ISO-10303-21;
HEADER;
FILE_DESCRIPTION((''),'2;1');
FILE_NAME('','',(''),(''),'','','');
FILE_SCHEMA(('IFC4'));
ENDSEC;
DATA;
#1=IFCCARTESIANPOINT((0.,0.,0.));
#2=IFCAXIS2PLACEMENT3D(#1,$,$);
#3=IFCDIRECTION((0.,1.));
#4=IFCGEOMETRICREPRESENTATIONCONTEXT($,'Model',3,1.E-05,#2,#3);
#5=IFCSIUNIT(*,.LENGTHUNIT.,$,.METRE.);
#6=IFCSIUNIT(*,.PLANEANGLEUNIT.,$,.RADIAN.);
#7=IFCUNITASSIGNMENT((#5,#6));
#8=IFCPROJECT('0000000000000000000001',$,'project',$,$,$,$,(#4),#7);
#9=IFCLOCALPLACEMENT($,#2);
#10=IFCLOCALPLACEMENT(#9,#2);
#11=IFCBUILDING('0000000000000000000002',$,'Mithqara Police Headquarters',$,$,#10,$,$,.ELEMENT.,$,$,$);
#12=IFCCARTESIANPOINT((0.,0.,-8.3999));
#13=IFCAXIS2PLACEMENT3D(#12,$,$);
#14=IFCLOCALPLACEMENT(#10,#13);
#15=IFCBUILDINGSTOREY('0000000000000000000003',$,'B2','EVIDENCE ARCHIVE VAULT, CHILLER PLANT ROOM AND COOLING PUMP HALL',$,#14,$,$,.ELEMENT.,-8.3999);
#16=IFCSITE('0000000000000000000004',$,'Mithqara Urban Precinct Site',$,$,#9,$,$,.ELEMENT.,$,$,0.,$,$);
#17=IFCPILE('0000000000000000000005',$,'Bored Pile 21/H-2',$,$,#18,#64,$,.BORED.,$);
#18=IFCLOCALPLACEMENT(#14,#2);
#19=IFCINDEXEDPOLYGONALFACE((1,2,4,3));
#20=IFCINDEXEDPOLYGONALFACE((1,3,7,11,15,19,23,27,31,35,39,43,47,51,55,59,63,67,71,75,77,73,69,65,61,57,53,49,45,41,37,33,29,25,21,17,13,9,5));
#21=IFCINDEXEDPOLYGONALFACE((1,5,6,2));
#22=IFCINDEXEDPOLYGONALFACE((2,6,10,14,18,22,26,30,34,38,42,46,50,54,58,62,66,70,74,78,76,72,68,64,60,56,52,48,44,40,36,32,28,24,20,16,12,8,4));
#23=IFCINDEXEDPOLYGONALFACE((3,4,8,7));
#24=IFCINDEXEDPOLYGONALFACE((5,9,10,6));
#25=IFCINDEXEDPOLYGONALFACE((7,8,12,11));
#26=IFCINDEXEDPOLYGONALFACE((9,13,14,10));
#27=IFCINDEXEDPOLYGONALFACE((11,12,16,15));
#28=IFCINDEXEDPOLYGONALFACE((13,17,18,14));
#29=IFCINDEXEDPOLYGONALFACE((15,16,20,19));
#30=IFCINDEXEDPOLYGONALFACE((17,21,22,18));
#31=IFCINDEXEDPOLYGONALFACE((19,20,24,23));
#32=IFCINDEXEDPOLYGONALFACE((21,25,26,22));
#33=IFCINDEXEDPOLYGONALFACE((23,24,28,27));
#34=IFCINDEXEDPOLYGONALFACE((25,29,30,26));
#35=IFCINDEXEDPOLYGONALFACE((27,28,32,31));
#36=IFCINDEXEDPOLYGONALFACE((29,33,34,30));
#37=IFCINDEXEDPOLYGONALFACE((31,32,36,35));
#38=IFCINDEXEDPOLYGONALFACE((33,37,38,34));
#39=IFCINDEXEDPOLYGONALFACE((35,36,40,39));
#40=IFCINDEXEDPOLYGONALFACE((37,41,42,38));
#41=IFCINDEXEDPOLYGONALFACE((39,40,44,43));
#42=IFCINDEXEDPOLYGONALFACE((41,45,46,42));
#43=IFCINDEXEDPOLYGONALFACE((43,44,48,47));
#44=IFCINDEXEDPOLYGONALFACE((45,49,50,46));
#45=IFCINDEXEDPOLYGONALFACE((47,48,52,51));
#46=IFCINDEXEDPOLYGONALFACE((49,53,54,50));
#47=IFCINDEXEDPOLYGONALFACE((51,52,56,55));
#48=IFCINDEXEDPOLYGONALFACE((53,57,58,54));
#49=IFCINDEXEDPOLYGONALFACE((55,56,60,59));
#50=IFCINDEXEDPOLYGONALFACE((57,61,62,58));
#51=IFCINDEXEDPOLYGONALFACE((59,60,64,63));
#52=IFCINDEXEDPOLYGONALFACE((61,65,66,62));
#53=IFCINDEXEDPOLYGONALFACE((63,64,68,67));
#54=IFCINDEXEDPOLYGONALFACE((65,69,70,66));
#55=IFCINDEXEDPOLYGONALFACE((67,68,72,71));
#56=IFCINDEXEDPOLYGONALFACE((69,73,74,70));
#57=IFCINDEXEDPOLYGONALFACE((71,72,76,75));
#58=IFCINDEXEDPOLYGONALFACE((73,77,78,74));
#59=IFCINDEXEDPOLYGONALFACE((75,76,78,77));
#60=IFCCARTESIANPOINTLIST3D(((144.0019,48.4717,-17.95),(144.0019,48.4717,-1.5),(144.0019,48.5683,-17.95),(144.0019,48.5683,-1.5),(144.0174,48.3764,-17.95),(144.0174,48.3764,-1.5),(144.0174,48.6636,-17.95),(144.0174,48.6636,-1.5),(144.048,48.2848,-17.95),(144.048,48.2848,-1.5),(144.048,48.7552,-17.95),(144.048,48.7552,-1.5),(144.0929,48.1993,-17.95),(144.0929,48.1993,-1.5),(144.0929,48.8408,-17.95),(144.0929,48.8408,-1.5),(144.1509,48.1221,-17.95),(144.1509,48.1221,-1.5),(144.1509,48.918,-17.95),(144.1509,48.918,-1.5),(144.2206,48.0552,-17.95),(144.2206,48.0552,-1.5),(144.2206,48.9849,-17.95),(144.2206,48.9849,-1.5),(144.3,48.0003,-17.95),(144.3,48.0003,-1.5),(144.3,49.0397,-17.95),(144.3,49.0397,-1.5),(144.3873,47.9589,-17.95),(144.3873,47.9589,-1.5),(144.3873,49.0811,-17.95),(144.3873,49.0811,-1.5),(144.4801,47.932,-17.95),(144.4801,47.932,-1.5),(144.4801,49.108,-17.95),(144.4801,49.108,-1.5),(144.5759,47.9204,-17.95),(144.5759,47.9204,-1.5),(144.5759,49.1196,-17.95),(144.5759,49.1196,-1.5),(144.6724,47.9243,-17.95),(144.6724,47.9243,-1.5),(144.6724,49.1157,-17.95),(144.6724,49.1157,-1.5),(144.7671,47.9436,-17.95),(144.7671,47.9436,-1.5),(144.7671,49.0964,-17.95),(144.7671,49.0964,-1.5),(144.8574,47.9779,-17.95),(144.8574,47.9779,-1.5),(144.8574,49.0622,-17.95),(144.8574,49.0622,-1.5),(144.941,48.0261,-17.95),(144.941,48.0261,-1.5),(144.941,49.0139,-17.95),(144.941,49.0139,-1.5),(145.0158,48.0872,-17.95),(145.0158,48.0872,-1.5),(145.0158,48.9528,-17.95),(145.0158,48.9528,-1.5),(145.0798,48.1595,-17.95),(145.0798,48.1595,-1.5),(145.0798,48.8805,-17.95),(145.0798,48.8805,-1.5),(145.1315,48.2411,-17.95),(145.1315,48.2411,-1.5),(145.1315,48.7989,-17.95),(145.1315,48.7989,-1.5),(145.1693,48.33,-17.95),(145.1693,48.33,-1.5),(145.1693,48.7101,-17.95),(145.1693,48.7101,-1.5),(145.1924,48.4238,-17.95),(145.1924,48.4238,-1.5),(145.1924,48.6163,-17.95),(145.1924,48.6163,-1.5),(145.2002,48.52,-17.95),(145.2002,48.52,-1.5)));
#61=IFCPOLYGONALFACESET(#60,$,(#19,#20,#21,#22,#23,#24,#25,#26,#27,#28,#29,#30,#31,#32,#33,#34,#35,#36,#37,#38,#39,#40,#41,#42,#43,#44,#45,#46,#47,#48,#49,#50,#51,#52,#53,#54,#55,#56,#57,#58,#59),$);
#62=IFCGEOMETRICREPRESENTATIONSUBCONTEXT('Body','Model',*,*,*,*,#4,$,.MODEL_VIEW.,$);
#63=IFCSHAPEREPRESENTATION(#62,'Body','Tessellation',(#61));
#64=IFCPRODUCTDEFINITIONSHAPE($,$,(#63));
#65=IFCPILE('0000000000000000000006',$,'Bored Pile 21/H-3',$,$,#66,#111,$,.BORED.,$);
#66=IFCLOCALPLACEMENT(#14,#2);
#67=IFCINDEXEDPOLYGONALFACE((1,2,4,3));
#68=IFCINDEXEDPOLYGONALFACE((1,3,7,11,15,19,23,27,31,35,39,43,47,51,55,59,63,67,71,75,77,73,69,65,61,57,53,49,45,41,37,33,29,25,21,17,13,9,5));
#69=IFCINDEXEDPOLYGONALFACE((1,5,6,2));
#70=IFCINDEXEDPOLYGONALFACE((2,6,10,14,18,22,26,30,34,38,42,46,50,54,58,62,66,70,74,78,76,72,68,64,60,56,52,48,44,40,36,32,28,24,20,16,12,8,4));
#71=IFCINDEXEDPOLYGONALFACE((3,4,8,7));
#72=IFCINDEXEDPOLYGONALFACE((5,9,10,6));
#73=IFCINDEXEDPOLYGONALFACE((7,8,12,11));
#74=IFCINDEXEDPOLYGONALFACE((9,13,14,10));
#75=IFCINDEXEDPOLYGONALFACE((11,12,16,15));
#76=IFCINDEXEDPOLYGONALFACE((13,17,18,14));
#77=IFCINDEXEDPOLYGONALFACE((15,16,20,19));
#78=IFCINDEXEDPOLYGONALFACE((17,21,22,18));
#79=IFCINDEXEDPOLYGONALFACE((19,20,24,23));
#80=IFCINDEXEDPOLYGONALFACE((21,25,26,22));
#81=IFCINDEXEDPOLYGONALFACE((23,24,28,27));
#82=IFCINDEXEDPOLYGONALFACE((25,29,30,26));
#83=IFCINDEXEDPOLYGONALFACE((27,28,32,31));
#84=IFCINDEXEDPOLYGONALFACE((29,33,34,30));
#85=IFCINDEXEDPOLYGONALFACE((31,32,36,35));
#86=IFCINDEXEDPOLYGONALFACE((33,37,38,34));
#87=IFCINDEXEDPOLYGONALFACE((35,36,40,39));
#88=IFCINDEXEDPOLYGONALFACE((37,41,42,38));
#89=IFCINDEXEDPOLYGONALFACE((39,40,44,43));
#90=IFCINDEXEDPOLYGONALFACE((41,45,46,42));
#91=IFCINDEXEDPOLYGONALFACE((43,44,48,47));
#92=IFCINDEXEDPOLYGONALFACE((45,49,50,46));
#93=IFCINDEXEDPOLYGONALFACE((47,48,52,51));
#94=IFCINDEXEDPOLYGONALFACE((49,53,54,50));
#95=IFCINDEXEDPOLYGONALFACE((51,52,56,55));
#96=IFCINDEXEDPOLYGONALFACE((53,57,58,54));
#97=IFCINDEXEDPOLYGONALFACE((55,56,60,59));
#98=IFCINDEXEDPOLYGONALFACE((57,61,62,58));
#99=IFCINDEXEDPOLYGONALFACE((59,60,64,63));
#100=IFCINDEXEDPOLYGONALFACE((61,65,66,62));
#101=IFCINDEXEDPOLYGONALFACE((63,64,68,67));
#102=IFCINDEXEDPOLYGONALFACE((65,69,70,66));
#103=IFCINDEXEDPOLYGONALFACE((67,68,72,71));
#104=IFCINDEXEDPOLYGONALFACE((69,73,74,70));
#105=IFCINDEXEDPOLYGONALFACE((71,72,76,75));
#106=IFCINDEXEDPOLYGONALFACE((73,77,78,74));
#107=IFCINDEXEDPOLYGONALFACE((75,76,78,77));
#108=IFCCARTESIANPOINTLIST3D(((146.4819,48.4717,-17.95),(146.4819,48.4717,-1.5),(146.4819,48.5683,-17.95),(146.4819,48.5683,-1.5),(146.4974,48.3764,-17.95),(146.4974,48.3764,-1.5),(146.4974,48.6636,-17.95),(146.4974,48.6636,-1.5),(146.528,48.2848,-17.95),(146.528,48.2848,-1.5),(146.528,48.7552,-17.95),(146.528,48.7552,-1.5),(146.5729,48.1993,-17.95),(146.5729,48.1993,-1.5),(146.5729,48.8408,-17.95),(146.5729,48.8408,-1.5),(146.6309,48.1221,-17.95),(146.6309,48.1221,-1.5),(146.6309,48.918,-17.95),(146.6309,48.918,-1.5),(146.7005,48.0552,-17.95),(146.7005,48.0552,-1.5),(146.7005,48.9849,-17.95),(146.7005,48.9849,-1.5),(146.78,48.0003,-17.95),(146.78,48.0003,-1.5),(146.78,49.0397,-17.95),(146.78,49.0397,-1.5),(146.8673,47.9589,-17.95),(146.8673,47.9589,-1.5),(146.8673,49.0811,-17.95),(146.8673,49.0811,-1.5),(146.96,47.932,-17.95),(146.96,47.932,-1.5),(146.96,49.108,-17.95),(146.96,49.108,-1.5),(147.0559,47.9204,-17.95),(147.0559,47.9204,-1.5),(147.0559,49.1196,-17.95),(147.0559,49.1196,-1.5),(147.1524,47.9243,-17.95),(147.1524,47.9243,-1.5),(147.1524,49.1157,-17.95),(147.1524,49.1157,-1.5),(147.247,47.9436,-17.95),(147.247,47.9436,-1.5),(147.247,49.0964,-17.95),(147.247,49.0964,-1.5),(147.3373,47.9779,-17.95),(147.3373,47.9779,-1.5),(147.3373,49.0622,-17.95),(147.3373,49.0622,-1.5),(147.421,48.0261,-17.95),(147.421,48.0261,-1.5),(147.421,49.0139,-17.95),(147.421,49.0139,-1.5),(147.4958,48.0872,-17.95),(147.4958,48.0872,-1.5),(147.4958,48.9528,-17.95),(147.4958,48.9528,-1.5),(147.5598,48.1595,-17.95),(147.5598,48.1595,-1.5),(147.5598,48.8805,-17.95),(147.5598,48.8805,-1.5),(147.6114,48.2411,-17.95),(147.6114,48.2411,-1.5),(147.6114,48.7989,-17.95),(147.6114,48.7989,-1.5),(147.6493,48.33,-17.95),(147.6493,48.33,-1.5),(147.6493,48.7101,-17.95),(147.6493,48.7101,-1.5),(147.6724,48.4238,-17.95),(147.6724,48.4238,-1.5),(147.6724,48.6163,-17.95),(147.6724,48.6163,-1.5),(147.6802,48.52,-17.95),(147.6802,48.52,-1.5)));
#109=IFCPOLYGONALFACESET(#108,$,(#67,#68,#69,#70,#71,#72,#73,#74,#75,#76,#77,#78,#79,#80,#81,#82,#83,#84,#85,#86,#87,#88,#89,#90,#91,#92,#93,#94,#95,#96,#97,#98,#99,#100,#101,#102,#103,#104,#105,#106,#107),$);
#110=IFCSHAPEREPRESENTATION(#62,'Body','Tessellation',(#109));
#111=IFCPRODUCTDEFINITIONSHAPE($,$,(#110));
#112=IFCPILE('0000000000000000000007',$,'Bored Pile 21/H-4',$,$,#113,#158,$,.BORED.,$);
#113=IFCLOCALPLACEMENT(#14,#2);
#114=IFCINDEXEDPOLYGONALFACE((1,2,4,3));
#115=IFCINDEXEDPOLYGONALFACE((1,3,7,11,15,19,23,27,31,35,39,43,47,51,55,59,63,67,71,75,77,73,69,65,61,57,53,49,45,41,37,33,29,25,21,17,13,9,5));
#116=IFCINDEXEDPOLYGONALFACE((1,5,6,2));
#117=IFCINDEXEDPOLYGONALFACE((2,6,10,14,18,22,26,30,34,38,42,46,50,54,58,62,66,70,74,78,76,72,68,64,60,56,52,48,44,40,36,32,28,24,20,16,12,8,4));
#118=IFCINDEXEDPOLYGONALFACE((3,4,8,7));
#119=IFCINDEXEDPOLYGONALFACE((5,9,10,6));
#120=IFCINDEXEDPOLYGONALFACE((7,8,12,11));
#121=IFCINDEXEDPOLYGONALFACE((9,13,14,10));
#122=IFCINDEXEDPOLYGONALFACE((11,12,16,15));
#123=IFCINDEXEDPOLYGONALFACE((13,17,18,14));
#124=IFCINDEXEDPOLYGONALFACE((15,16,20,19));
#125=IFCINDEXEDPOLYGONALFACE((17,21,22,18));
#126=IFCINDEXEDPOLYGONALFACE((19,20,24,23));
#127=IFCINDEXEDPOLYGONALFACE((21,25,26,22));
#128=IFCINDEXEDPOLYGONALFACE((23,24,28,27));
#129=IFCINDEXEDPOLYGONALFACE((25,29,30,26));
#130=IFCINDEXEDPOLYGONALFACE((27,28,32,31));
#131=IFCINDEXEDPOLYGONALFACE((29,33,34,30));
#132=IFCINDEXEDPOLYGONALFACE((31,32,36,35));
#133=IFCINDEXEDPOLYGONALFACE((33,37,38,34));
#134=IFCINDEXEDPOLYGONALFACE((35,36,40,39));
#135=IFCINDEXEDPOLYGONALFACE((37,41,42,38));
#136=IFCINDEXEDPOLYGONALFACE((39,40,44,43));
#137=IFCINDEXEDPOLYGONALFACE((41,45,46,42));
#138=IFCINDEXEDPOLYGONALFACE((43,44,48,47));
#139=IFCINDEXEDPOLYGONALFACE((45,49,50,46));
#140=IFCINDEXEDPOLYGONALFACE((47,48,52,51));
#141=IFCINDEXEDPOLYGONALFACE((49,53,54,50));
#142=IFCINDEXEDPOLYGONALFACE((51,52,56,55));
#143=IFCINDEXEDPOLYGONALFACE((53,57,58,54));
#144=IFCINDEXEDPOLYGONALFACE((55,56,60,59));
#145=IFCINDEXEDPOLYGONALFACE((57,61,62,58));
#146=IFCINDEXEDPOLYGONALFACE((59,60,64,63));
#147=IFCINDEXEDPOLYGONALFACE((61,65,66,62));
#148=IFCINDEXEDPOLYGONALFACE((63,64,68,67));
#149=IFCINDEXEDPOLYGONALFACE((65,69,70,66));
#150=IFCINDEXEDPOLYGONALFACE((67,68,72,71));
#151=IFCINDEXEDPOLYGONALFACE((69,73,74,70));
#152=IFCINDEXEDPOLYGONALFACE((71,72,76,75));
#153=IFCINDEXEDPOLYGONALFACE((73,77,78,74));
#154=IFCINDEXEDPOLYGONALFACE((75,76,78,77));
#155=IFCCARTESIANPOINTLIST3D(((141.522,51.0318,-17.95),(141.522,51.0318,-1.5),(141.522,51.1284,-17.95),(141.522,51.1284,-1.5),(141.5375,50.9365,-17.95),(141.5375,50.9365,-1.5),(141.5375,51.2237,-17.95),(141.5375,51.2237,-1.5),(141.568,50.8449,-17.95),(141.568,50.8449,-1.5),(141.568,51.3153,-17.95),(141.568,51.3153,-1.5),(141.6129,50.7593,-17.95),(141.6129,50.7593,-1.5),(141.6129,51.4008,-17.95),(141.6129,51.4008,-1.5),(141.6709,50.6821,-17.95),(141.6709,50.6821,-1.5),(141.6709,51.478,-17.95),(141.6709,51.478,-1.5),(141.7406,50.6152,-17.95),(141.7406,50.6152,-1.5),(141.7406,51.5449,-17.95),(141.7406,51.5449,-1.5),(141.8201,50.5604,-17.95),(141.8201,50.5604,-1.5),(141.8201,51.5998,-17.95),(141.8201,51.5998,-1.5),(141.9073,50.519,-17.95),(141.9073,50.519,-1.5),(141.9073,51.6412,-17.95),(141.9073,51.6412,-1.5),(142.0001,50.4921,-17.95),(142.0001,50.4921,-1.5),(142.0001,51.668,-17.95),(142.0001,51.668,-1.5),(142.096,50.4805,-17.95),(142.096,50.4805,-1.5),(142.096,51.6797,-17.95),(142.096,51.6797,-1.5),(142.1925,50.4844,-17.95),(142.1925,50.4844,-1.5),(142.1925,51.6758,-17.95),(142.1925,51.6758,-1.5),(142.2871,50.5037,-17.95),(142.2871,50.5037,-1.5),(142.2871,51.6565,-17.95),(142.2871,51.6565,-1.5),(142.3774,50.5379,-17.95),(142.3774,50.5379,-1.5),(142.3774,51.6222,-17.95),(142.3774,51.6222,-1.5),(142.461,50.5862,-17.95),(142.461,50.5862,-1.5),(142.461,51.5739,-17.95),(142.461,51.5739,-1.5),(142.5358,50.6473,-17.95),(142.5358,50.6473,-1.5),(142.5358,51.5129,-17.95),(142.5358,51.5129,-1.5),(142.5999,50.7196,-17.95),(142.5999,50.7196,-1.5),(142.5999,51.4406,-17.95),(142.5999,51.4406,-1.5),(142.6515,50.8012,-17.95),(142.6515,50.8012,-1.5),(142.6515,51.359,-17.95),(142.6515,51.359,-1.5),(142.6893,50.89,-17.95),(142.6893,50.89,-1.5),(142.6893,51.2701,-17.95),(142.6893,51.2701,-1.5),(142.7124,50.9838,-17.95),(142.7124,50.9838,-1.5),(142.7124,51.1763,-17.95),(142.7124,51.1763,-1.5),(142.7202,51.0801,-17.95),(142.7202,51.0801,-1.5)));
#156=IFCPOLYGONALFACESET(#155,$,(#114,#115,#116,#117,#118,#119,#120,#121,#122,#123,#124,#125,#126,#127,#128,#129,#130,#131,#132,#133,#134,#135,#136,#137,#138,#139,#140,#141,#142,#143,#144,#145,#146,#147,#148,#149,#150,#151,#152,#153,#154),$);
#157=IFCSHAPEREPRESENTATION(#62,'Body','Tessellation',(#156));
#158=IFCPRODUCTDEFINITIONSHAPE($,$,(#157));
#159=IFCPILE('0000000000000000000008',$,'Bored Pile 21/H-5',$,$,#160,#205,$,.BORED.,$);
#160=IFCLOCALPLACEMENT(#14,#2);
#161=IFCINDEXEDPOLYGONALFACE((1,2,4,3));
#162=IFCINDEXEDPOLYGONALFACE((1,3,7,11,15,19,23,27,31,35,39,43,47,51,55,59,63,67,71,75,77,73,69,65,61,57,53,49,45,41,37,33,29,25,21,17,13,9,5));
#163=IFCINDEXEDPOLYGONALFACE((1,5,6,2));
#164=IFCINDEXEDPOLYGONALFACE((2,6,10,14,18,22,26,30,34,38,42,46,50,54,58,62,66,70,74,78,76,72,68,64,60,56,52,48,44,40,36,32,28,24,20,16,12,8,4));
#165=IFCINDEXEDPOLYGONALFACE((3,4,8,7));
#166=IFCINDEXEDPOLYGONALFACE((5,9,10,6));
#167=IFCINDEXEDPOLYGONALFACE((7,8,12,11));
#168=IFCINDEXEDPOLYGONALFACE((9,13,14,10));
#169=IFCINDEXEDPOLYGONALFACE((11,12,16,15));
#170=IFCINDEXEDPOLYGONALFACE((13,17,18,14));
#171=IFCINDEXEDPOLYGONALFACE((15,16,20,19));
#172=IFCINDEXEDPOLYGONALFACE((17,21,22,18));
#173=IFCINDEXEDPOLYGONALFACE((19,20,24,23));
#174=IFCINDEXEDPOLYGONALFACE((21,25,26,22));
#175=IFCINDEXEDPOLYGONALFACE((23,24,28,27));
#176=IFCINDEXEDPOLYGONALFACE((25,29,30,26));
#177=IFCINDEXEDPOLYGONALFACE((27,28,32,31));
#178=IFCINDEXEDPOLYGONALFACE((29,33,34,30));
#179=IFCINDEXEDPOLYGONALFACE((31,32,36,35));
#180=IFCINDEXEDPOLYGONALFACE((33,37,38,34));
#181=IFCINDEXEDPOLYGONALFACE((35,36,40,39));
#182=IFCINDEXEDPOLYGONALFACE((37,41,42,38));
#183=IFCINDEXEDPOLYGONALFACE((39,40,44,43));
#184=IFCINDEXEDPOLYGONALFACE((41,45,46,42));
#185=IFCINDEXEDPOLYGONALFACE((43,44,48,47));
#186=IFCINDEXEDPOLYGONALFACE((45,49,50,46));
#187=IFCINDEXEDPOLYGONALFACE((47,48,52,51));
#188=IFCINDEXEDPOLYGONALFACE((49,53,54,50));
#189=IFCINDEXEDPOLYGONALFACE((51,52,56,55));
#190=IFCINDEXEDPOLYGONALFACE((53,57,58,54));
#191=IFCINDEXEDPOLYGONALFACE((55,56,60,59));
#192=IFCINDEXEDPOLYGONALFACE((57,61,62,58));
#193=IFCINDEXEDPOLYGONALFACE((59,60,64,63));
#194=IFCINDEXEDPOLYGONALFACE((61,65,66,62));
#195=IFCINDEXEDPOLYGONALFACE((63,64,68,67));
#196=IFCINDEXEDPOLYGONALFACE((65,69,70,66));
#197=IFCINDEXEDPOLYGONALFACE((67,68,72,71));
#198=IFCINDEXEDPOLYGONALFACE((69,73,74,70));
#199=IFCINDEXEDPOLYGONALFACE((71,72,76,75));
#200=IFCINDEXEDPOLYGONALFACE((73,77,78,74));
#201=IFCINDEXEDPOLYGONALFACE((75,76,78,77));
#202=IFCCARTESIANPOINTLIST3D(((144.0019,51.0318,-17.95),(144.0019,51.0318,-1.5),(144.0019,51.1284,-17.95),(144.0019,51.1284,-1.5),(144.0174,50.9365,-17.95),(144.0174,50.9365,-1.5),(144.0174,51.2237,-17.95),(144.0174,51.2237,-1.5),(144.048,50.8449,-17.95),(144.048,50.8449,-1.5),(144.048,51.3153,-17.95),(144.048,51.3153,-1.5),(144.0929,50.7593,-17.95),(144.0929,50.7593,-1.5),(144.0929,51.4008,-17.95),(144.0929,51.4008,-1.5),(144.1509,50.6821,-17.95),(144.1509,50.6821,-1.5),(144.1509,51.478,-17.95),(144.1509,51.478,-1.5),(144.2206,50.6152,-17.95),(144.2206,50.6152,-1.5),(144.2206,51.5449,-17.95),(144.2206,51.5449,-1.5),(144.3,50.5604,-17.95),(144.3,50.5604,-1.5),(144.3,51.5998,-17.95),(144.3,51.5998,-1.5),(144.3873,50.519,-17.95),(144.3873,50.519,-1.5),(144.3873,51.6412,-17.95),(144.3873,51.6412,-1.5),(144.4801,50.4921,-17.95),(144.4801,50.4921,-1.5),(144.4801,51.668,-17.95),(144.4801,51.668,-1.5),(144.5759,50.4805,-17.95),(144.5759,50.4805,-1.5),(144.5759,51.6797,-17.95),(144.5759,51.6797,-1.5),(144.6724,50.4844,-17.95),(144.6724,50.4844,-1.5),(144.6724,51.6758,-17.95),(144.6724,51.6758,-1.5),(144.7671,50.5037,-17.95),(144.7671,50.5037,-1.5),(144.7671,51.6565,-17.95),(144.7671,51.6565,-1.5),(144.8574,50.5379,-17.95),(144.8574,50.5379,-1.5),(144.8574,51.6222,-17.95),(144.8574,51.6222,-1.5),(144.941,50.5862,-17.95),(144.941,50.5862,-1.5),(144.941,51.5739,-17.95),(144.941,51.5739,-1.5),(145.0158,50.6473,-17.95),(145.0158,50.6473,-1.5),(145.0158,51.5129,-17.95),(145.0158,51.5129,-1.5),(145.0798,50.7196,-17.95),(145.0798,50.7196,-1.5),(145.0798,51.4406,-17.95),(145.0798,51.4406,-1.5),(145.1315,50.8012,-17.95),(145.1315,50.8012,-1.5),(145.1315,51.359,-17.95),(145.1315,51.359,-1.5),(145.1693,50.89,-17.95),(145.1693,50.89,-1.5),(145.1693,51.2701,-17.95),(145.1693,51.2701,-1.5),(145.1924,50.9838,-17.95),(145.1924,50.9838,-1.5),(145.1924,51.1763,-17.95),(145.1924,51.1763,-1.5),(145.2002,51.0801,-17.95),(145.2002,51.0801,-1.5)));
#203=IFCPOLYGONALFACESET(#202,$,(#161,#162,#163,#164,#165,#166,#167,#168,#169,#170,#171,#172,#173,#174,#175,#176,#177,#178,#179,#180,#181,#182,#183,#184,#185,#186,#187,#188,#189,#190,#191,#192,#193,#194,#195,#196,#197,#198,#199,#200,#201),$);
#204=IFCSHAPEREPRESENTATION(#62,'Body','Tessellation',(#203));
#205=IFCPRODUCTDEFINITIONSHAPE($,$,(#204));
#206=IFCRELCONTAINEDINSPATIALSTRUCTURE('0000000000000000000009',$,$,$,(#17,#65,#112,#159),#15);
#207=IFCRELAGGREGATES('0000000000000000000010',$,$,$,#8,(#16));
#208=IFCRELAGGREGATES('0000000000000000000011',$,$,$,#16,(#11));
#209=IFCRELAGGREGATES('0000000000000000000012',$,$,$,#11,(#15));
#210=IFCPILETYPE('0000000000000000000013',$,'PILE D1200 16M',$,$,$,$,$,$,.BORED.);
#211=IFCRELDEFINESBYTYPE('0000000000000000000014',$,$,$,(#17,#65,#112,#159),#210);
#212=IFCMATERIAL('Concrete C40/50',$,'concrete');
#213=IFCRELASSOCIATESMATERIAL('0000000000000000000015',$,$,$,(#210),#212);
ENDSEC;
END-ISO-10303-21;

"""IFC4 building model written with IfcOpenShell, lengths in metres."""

from ifc_helpers import new_model, si_unit, direction, frame, origin, origin_2d, place, context, subcontext, project, spatial, circle, extrude, material, material_profile, profile_set, type_object, element, save


model = new_model("IFC4")

# Units and contexts
model_context = context("Model", 3, precision=1e-05, world=origin(), true_north=direction((0.0, 1.0)))
body_context = subcontext(model_context, "Body", "Model", "MODEL_VIEW")
ifc_project = project(units=[si_unit("LENGTHUNIT", "METRE"), si_unit("PLANEANGLEUNIT", "RADIAN")], contexts=[model_context])

# Site, building, storey
site_placement = place(None, origin())
site = spatial("IfcSite", under=ifc_project, at=site_placement, Name="Mithqara Urban Precinct Site", CompositionType="ELEMENT", RefElevation=0.0)
building_placement = place(site_placement, origin())
building = spatial("IfcBuilding", under=site, at=building_placement, Name="Mithqara Police Headquarters", CompositionType="ELEMENT")
storey_placement = place(building_placement, frame((0.0, 0.0, -8.3999)))
storey = spatial("IfcBuildingStorey", under=building, at=storey_placement, Name="B2", Description="EVIDENCE ARCHIVE VAULT, CHILLER PLANT ROOM AND COOLING PUMP HALL", CompositionType="ELEMENT", Elevation=-8.3999)

# Shared definitions
ifc_material_1 = material(Name="Concrete C40/50", Category="concrete")

# Piles
ifc_material_profile_1 = material_profile(ifc_material_1, circle(Radius=0.6001, at=origin_2d()), Name="PILE D1200")
ifc_profile_set_1 = profile_set([ifc_material_profile_1], Name="Concrete C40/50")
pile_type = type_object("IfcPileType", Name="PILE D1200 16M", PredefinedType="BORED", material=ifc_profile_set_1)
for number, where, z_axis, x_axis, name in (
    (1, (144.6001, 48.52, -1.5), (0.0, 0.0, -1.0), (1.0, 0.0, 0.0), "Bored Pile 21/H-2"),
    (2, (147.0801, 48.52, -1.5), (0.0, 0.0, -1.0), (1.0, 0.0, 0.0), "Bored Pile 21/H-3"),
    (3, (142.1201, 51.0801, -1.5), (0.0, 0.0, -1.0), (1.0, 0.0, 0.0), "Bored Pile 21/H-4"),
    (4, (144.6001, 51.0801, -1.5), (0.0, 0.0, -1.0), (1.0, 0.0, 0.0), "Bored Pile 21/H-5"),
):
    element("IfcPile", number, at=place(storey_placement, frame(where, z_axis=z_axis, x_axis=x_axis)), inside=storey, type_object=pile_type, Name=name, PredefinedType="BORED", context=body_context, shape_type="SweptSolid", body=[
        extrude(circle(Radius=0.6001, at=origin_2d()), origin(), (0.0, 0.0, 1.0), 16.45),
    ])

save(model, "model.ifc")
